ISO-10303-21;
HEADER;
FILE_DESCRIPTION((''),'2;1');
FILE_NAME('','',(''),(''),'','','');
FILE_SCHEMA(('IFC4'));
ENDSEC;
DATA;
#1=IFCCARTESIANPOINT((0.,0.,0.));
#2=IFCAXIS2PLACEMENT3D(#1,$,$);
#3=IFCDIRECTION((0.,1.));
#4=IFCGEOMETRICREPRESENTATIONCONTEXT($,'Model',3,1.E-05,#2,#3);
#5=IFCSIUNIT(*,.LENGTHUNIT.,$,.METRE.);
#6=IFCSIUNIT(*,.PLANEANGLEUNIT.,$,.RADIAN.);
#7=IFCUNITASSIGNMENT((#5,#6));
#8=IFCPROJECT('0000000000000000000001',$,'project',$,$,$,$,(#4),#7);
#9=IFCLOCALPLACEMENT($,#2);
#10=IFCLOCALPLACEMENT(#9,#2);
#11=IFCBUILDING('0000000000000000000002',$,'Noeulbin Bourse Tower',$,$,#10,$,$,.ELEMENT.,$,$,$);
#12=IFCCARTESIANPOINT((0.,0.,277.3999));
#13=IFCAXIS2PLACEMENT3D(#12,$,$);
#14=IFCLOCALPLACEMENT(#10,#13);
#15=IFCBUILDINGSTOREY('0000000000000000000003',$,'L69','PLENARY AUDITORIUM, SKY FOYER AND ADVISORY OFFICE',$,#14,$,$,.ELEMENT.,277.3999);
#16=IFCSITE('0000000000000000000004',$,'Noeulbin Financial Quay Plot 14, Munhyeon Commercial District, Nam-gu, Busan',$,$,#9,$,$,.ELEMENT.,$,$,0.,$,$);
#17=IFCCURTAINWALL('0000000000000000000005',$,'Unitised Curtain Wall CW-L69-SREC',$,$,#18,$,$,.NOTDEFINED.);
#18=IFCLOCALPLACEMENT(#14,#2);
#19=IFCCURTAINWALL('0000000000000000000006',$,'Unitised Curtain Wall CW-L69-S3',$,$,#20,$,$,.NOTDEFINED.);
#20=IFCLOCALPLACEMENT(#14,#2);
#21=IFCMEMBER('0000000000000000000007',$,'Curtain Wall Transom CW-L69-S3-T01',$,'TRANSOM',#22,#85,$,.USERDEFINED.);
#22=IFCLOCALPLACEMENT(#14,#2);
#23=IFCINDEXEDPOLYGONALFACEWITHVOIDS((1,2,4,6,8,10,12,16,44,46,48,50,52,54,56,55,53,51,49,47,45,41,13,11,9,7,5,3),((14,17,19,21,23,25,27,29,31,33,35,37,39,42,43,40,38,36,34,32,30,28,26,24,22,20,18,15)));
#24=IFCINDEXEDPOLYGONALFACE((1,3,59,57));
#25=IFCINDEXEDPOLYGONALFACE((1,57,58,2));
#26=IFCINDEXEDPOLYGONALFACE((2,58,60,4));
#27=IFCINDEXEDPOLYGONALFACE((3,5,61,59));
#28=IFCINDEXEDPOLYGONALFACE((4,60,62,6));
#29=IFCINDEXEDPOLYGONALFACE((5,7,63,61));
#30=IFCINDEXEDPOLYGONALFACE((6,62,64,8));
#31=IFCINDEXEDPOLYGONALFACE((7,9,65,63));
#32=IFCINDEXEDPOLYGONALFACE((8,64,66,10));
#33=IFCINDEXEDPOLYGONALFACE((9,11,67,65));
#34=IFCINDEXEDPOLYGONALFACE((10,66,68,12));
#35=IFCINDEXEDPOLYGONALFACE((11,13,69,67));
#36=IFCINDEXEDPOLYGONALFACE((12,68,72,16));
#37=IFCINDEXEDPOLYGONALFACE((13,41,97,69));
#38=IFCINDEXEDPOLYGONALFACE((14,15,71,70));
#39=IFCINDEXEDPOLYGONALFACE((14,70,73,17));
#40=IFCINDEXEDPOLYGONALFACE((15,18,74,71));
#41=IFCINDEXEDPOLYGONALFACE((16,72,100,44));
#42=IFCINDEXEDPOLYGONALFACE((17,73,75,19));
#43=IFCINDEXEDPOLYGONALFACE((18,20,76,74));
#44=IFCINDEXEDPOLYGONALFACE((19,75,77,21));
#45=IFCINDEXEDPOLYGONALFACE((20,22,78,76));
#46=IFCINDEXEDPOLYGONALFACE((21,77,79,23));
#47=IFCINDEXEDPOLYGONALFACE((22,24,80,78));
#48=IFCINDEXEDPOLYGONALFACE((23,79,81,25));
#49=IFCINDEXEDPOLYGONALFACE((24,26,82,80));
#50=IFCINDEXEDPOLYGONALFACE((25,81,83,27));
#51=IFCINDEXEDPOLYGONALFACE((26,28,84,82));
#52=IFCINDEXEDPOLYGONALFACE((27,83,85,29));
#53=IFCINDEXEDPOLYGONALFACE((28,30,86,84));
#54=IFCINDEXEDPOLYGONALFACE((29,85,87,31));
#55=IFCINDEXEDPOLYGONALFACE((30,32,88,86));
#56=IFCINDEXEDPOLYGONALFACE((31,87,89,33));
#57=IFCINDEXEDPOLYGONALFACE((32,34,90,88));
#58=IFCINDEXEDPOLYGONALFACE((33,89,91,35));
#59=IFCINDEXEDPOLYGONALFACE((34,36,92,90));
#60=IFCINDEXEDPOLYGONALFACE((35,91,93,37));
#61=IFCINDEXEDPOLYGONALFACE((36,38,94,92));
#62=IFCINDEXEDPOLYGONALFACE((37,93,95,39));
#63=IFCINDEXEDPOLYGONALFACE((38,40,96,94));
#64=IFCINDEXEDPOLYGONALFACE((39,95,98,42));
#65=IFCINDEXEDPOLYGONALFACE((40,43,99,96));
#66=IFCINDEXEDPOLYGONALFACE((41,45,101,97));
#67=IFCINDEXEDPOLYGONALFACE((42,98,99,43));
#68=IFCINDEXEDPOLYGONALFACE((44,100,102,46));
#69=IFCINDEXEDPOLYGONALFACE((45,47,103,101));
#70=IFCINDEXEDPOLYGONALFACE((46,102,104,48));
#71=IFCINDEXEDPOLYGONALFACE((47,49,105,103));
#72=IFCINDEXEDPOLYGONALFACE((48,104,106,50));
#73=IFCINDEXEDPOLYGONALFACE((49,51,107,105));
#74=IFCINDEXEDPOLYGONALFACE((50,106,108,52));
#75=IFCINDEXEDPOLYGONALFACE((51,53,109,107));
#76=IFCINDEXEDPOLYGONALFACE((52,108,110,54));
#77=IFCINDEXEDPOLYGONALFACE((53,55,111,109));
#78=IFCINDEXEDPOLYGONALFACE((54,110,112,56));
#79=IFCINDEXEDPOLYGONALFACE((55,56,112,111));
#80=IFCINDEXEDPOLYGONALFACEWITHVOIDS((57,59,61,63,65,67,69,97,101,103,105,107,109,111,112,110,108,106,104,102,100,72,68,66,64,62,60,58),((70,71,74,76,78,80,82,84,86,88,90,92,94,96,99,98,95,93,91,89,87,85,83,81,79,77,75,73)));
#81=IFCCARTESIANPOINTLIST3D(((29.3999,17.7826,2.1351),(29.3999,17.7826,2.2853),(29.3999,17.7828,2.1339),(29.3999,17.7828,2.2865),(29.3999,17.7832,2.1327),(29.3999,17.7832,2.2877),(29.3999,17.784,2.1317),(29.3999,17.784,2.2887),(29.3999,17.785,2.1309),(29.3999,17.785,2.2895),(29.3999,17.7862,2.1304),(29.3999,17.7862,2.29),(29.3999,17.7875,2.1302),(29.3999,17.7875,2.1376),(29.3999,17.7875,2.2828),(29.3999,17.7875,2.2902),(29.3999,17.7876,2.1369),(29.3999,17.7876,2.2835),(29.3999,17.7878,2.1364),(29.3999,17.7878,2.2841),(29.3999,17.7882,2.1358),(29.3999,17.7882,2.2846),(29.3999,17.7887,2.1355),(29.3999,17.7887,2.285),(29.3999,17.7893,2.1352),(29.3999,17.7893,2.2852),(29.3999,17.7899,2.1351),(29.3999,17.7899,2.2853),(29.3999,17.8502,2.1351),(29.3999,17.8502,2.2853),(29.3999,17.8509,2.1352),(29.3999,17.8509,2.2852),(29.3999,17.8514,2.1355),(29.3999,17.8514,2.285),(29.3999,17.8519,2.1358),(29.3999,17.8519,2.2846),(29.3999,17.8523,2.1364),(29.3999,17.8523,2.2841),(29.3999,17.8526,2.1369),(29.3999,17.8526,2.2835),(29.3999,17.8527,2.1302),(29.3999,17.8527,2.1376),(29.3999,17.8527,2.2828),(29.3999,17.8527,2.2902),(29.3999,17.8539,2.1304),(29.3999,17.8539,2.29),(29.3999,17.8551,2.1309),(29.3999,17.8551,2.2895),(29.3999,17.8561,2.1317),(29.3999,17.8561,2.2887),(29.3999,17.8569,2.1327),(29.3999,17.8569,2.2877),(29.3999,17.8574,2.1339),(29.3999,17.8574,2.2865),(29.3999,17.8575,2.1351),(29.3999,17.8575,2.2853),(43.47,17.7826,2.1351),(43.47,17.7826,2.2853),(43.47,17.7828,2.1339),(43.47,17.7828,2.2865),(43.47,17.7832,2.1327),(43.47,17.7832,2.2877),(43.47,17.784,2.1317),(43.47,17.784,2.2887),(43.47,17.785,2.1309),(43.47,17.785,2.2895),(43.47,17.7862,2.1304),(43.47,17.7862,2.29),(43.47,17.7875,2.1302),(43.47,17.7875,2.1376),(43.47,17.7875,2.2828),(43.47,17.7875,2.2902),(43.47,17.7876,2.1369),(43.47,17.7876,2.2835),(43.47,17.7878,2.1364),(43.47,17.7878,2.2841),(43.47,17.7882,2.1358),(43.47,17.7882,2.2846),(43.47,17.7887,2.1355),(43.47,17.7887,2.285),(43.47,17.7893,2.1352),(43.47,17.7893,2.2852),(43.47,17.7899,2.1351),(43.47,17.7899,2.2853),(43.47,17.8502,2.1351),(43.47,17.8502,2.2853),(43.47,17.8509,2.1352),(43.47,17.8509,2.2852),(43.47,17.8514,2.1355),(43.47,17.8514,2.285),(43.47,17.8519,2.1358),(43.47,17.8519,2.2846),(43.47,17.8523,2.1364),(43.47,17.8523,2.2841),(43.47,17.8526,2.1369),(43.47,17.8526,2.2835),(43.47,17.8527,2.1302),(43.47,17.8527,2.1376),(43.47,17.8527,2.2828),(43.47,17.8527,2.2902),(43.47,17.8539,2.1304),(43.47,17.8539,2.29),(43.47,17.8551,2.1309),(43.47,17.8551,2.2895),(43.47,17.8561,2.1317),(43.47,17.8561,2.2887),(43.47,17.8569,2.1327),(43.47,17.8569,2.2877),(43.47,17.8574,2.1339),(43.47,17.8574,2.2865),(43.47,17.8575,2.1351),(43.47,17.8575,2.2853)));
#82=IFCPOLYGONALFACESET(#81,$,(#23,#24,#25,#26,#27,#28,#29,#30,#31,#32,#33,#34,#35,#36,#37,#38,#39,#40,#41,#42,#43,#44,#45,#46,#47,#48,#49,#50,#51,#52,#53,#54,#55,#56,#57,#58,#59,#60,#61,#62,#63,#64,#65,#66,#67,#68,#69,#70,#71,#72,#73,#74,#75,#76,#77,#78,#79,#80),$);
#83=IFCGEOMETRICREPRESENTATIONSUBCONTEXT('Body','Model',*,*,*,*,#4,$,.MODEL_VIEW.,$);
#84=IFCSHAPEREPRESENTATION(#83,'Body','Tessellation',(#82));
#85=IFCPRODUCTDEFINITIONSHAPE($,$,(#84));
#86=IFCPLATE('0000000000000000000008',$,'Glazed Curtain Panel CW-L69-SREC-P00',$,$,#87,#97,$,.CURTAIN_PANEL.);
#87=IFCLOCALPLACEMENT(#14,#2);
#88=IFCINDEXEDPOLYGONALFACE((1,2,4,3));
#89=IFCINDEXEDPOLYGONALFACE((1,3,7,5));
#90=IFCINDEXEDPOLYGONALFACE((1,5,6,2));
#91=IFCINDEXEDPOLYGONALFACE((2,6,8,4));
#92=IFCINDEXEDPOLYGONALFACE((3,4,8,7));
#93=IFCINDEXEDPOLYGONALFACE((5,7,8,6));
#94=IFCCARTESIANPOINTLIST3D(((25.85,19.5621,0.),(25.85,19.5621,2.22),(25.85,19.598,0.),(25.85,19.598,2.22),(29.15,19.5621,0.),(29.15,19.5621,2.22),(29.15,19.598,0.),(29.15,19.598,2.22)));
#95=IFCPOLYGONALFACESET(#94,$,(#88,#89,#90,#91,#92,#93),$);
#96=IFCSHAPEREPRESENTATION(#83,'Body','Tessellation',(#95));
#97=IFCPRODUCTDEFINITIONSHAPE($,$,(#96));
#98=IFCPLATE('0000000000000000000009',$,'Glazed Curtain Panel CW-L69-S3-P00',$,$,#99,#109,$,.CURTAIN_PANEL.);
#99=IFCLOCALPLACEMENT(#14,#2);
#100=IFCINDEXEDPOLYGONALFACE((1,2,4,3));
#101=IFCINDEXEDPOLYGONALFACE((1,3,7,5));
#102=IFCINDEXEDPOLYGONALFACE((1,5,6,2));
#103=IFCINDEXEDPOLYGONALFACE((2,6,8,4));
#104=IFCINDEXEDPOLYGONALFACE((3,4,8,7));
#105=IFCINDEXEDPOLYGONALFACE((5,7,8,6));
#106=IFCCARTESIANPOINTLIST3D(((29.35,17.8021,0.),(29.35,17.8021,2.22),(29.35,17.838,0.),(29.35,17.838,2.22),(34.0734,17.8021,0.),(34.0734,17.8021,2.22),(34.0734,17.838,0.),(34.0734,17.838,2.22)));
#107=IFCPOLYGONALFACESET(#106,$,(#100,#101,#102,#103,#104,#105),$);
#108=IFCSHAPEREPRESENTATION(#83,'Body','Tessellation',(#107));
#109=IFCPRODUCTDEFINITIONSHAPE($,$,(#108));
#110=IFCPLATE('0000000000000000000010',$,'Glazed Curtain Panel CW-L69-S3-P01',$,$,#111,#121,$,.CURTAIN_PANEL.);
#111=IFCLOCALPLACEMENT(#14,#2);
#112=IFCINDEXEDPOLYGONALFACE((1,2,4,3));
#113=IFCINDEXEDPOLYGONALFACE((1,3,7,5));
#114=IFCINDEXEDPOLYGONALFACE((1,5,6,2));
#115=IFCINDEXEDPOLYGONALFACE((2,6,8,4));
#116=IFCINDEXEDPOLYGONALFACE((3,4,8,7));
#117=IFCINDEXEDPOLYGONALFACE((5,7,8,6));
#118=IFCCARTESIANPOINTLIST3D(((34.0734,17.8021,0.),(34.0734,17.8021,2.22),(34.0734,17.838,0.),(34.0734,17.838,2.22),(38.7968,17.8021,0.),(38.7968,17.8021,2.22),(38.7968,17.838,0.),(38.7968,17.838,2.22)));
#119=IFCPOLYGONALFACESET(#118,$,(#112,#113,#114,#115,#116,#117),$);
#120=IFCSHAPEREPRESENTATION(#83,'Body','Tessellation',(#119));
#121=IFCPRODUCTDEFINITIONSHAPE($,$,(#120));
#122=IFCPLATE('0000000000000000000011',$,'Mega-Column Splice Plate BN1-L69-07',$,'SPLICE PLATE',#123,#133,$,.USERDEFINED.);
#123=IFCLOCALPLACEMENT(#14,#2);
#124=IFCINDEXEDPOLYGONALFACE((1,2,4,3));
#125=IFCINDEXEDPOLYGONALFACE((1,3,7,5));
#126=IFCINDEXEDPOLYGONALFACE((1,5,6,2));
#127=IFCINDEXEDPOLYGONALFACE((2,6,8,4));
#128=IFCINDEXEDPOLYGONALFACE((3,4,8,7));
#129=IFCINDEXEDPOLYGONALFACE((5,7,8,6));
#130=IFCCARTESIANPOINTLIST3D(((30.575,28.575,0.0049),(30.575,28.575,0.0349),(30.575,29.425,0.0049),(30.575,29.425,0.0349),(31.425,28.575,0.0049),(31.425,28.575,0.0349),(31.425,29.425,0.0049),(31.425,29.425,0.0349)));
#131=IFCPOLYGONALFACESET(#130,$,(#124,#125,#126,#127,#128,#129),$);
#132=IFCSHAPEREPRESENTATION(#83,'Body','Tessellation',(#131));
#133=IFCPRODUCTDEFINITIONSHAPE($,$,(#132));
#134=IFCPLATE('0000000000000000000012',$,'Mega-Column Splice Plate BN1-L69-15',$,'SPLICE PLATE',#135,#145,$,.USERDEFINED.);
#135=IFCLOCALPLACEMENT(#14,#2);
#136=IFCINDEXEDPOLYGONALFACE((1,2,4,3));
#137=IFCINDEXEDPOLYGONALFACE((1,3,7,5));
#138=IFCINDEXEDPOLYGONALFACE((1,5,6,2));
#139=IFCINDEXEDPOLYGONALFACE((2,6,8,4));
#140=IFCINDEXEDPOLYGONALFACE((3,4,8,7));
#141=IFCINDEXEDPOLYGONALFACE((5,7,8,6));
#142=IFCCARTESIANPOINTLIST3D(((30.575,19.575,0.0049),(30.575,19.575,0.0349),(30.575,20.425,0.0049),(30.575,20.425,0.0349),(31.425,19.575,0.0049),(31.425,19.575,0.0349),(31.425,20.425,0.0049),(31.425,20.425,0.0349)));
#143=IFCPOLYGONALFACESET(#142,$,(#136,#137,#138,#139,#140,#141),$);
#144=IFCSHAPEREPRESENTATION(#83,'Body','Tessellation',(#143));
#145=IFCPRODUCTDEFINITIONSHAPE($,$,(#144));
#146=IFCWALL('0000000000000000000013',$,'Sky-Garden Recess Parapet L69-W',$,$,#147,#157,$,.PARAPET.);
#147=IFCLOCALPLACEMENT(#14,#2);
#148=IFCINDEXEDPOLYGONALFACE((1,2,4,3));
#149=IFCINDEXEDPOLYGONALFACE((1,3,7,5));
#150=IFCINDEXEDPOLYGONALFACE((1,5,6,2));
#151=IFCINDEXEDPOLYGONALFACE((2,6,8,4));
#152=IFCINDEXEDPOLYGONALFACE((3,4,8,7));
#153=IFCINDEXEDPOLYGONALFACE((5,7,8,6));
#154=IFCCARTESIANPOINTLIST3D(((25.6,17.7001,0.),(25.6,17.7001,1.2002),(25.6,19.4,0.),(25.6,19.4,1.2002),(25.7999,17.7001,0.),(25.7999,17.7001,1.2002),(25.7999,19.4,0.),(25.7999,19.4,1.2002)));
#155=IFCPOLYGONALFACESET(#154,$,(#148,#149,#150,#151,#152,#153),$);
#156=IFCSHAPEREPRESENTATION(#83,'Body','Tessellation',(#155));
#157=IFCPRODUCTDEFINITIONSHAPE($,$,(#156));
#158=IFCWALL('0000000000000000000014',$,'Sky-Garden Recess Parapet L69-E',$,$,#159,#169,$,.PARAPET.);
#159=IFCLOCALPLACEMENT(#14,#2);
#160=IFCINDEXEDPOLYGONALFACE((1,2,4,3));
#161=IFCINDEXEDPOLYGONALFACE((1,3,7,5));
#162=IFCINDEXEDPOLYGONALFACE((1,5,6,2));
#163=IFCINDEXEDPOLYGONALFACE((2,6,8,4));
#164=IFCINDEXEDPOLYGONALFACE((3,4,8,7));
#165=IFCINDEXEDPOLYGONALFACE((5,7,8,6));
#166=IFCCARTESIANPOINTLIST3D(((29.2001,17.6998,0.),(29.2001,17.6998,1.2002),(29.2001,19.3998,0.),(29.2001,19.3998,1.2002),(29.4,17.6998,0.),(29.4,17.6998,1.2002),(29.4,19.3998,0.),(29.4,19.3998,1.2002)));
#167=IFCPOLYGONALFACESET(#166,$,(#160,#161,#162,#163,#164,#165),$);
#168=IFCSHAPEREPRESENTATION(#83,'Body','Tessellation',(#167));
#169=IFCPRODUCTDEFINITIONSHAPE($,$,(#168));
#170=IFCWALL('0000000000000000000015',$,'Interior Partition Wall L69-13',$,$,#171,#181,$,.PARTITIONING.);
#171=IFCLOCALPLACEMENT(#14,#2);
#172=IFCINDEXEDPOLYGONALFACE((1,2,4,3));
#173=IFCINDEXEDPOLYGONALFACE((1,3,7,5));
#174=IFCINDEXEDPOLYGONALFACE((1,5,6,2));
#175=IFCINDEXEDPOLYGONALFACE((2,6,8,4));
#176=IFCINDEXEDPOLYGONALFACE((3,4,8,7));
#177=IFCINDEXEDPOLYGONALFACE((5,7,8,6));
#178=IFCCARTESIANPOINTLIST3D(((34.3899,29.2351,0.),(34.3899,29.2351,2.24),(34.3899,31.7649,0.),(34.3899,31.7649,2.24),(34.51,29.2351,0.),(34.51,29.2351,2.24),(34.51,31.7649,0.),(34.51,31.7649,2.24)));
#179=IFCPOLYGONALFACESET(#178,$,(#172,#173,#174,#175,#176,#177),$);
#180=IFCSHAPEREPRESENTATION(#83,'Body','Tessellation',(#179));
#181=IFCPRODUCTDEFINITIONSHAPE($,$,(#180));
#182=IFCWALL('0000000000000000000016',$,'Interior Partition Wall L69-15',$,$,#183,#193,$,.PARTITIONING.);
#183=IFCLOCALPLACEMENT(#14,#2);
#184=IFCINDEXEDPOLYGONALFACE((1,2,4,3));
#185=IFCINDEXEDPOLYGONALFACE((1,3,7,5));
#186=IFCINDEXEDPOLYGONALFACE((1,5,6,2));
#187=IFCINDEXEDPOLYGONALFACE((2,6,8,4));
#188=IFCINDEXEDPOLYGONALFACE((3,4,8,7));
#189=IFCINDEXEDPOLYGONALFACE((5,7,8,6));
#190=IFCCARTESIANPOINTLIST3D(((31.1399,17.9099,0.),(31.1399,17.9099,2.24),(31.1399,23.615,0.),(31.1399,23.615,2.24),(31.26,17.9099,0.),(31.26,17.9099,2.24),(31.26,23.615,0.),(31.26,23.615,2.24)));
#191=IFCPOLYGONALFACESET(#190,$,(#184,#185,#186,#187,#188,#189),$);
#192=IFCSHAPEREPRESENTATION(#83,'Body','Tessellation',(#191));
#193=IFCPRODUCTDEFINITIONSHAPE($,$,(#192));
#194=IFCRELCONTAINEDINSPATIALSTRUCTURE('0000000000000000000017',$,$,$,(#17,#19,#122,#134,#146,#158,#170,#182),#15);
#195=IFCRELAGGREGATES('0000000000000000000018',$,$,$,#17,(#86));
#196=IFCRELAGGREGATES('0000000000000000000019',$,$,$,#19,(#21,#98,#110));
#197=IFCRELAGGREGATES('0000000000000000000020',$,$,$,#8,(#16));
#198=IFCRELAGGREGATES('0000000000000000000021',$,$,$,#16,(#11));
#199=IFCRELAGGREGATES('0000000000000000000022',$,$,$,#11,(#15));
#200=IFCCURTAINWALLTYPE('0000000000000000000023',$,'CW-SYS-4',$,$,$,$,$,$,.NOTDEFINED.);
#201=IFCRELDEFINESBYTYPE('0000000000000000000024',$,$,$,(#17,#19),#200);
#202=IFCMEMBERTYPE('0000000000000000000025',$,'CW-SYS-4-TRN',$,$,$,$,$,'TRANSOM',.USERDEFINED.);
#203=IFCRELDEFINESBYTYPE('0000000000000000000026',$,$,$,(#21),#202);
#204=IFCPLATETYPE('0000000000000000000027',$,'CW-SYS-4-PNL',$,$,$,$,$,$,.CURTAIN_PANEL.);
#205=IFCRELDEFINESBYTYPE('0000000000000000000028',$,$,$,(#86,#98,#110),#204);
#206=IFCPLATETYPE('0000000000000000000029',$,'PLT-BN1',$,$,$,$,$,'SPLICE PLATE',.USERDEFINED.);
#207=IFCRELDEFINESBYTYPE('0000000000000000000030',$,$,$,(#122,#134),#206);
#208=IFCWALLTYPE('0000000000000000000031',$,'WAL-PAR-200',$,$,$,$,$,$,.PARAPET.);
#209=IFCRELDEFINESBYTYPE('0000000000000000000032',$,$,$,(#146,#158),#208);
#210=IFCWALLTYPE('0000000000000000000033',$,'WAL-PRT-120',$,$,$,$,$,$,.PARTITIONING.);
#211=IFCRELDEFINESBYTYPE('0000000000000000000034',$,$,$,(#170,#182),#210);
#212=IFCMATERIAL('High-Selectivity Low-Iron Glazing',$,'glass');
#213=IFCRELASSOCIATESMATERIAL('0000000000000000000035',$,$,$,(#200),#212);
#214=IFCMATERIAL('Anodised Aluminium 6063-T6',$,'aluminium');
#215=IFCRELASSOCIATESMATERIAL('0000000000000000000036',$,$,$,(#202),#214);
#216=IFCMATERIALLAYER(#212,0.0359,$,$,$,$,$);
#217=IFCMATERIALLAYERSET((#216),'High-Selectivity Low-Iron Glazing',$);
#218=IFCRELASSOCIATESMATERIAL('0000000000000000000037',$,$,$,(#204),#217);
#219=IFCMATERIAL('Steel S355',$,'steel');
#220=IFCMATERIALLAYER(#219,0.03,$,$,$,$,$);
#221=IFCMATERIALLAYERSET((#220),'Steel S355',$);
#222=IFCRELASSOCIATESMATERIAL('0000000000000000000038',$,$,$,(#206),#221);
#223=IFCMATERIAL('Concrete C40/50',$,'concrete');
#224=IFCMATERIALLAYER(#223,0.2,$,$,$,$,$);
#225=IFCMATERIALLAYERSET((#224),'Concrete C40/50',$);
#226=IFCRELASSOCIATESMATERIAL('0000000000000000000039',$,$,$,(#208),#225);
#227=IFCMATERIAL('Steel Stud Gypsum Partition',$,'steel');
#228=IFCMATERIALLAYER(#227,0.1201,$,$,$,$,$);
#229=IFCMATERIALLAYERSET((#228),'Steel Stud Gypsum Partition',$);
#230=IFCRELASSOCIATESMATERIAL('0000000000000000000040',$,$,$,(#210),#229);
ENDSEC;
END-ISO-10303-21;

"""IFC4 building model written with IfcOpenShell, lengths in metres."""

from ifc_helpers import new_model, si_unit, direction, frame, frame_2d, origin, origin_2d, place, context, subcontext, project, spatial, rectangle, hollow_rectangle, extrude, material, layer, layer_set, material_profile, profile_set, type_object, element, aggregate, save


model = new_model("IFC4")

# Units and contexts
model_context = context("Model", 3, precision=1e-05, world=origin(), true_north=direction((0.0, 1.0)))
body_context = subcontext(model_context, "Body", "Model", "MODEL_VIEW")
ifc_project = project(units=[si_unit("LENGTHUNIT", "METRE"), si_unit("PLANEANGLEUNIT", "RADIAN")], contexts=[model_context])

# Site, building, storey
site_placement = place(None, origin())
site = spatial("IfcSite", under=ifc_project, at=site_placement, Name="Noeulbin Financial Quay Plot 14, Munhyeon Commercial District, Nam-gu, Busan", CompositionType="ELEMENT", RefElevation=0.0)
building_placement = place(site_placement, origin())
building = spatial("IfcBuilding", under=site, at=building_placement, Name="Noeulbin Bourse Tower", CompositionType="ELEMENT")
storey_placement = place(building_placement, frame((0.0, 0.0, 277.3999)))
storey = spatial("IfcBuildingStorey", under=building, at=storey_placement, Name="L69", Description="PLENARY AUDITORIUM, SKY FOYER AND ADVISORY OFFICE", CompositionType="ELEMENT", Elevation=277.3999)

# Shared definitions
ifc_material_1 = material(Name="Steel S355", Category="steel")

# Curtain wall
ifc_material_2 = material(Name="High-Selectivity Low-Iron Glazing", Category="glass")
curtain_wall_type = type_object("IfcCurtainWallType", Name="CW-SYS-4", PredefinedType="NOTDEFINED", material=ifc_material_2)
curtain_wall_1_placement = place(storey_placement, origin())
curtain_wall_1 = element("IfcCurtainWall", 1, at=curtain_wall_1_placement, inside=storey, type_object=curtain_wall_type, Name="Unitised Curtain Wall CW-L69-SREC", PredefinedType="NOTDEFINED")
ifc_material_3 = material(Name="Anodised Aluminium 6063-T6", Category="aluminium")

# Curtain wall
curtain_wall_2_placement = place(storey_placement, origin())
curtain_wall_2 = element("IfcCurtainWall", 2, at=curtain_wall_2_placement, inside=storey, type_object=curtain_wall_type, Name="Unitised Curtain Wall CW-L69-S3", PredefinedType="NOTDEFINED")

# Member
ifc_material_profile_1 = material_profile(ifc_material_3, hollow_rectangle(XDim=0.075, YDim=0.1599, WallThickness=0.0049, InnerFilletRadius=0.0024, OuterFilletRadius=0.0049, at=origin_2d()), Name="ALU-TRAN-75x160x5", Category="LoadBearing")
ifc_profile_set_1 = profile_set([ifc_material_profile_1], Name="Anodised Aluminium 6063-T6")
member_type_1 = type_object("IfcMemberType", Name="CW-SYS-4-TRN", ElementType="TRANSOM", PredefinedType="USERDEFINED", material=ifc_profile_set_1)
member_1_placement = place(storey_placement, frame((29.3999, 17.8201, 2.2102), z_axis=(1.0, 0.0, 0.0), x_axis=(0.0, 1.0, 0.0)))
member_1 = element("IfcMember", 3, at=member_1_placement, type_object=member_type_1, Name="Curtain Wall Transom CW-L69-S3-T01", ObjectType="TRANSOM", PredefinedType="USERDEFINED", context=body_context, shape_type="SweptSolid", body=[
    extrude(hollow_rectangle(XDim=0.075, YDim=0.1599, WallThickness=0.0049, InnerFilletRadius=0.0024, OuterFilletRadius=0.0049, at=origin_2d()), origin(), (0.0, 0.0, 1.0), 14.0701),
])

# Plates
ifc_layer_1 = layer(ifc_material_2, 0.0359)
ifc_layer_set_1 = layer_set([ifc_layer_1], Name="High-Selectivity Low-Iron Glazing")
plate_type_1 = type_object("IfcPlateType", Name="CW-SYS-4-PNL", PredefinedType="CURTAIN_PANEL", material=ifc_layer_set_1)
plate_1_placement = place(storey_placement, frame((27.5, 19.5801, 0.0), z_axis=(0.0, 0.0, 1.0), x_axis=(1.0, 0.0, 0.0)))
plate_1 = element("IfcPlate", 4, at=plate_1_placement, type_object=plate_type_1, Name="Glazed Curtain Panel CW-L69-SREC-P00", PredefinedType="CURTAIN_PANEL", context=body_context, shape_type="SweptSolid", body=[
    extrude(rectangle(XDim=3.3, YDim=0.0359, at=origin_2d()), origin(), (0.0, 0.0, 1.0), 2.22),
])
aggregate(curtain_wall_1, [plate_1])
plate_2_placement = place(storey_placement, frame((31.7117, 17.8201, 0.0), z_axis=(0.0, 0.0, 1.0), x_axis=(1.0, 0.0, 0.0)))
plate_2 = element("IfcPlate", 5, at=plate_2_placement, type_object=plate_type_1, Name="Glazed Curtain Panel CW-L69-S3-P00", PredefinedType="CURTAIN_PANEL", context=body_context, shape_type="SweptSolid", body=[
    extrude(rectangle(XDim=4.7234, YDim=0.0359, at=origin_2d()), origin(), (0.0, 0.0, 1.0), 2.22),
])
plate_3_placement = place(storey_placement, frame((36.4351, 17.8201, 0.0), z_axis=(0.0, 0.0, 1.0), x_axis=(1.0, 0.0, 0.0)))
plate_3 = element("IfcPlate", 6, at=plate_3_placement, type_object=plate_type_1, Name="Glazed Curtain Panel CW-L69-S3-P01", PredefinedType="CURTAIN_PANEL", context=body_context, shape_type="SweptSolid", body=[
    extrude(rectangle(XDim=4.7234, YDim=0.0359, at=origin_2d()), origin(), (0.0, 0.0, 1.0), 2.22),
])
aggregate(curtain_wall_2, [member_1, plate_2, plate_3])

# Plates
ifc_layer_2 = layer(ifc_material_1, 0.03)
ifc_layer_set_2 = layer_set([ifc_layer_2], Name="Steel S355")
plate_type_2 = type_object("IfcPlateType", Name="PLT-BN1", ElementType="SPLICE PLATE", PredefinedType="USERDEFINED", material=ifc_layer_set_2)
for number, where, z_axis, x_axis, name in (
    (7, (31.0, 29.0, 0.0049), (0.0, 0.0, 1.0), (1.0, 0.0, 0.0), "Mega-Column Splice Plate BN1-L69-07"),
    (8, (31.0, 20.0, 0.0049), (0.0, 0.0, 1.0), (1.0, 0.0, 0.0), "Mega-Column Splice Plate BN1-L69-15"),
):
    element("IfcPlate", number, at=place(storey_placement, frame(where, z_axis=z_axis, x_axis=x_axis)), inside=storey, type_object=plate_type_2, Name=name, ObjectType="SPLICE PLATE", PredefinedType="USERDEFINED", context=body_context, shape_type="SweptSolid", body=[
        extrude(rectangle(XDim=0.8501, YDim=0.8501, at=origin_2d()), origin(), (0.0, 0.0, 1.0), 0.03),
    ])

# Walls
ifc_material_4 = material(Name="Concrete C40/50", Category="concrete")
ifc_layer_3 = layer(ifc_material_4, 0.2)
ifc_layer_set_3 = layer_set([ifc_layer_3], Name="Concrete C40/50")
wall_type_1 = type_object("IfcWallType", Name="WAL-PAR-200", PredefinedType="PARAPET", material=ifc_layer_set_3)
for number, where, z_axis, x_axis, name in (
    (9, (25.7, 17.7, 0.0), (0.0, 0.0, 1.0), (0.0, 1.0, 0.0), "Sky-Garden Recess Parapet L69-W"),
    (10, (29.3, 19.3999, 0.0), (0.0, 0.0, 1.0), (0.0, -1.0, 0.0), "Sky-Garden Recess Parapet L69-E"),
):
    element("IfcWall", number, at=place(storey_placement, frame(where, z_axis=z_axis, x_axis=x_axis)), inside=storey, type_object=wall_type_1, Name=name, PredefinedType="PARAPET", context=body_context, shape_type="SweptSolid", body=[
        extrude(rectangle(XDim=1.7, YDim=0.2, at=frame_2d((0.8501, 0.0))), origin(), (0.0, 0.0, 1.0), 1.2002),
    ])
ifc_material_5 = material(Name="Steel Stud Gypsum Partition", Category="steel")
ifc_layer_4 = layer(ifc_material_5, 0.1201)
ifc_layer_set_4 = layer_set([ifc_layer_4], Name="Steel Stud Gypsum Partition")
wall_type_2 = type_object("IfcWallType", Name="WAL-PRT-120", PredefinedType="PARTITIONING", material=ifc_layer_set_4)
wall_1_placement = place(storey_placement, frame((34.45, 29.2351, 0.0), z_axis=(0.0, 0.0, 1.0), x_axis=(0.0, 1.0, 0.0)))
element("IfcWall", 11, at=wall_1_placement, inside=storey, type_object=wall_type_2, Name="Interior Partition Wall L69-13", PredefinedType="PARTITIONING", context=body_context, shape_type="SweptSolid", body=[
    extrude(rectangle(XDim=2.5298, YDim=0.1201, at=frame_2d((1.2649, 0.0))), origin(), (0.0, 0.0, 1.0), 2.24),
])
wall_2_placement = place(storey_placement, frame((31.2, 17.9099, 0.0), z_axis=(0.0, 0.0, 1.0), x_axis=(0.0, 1.0, 0.0)))
element("IfcWall", 12, at=wall_2_placement, inside=storey, type_object=wall_type_2, Name="Interior Partition Wall L69-15", PredefinedType="PARTITIONING", context=body_context, shape_type="SweptSolid", body=[
    extrude(rectangle(XDim=5.7051, YDim=0.1201, at=frame_2d((2.8525, 0.0))), origin(), (0.0, 0.0, 1.0), 2.24),
])

save(model, "model.ifc")
